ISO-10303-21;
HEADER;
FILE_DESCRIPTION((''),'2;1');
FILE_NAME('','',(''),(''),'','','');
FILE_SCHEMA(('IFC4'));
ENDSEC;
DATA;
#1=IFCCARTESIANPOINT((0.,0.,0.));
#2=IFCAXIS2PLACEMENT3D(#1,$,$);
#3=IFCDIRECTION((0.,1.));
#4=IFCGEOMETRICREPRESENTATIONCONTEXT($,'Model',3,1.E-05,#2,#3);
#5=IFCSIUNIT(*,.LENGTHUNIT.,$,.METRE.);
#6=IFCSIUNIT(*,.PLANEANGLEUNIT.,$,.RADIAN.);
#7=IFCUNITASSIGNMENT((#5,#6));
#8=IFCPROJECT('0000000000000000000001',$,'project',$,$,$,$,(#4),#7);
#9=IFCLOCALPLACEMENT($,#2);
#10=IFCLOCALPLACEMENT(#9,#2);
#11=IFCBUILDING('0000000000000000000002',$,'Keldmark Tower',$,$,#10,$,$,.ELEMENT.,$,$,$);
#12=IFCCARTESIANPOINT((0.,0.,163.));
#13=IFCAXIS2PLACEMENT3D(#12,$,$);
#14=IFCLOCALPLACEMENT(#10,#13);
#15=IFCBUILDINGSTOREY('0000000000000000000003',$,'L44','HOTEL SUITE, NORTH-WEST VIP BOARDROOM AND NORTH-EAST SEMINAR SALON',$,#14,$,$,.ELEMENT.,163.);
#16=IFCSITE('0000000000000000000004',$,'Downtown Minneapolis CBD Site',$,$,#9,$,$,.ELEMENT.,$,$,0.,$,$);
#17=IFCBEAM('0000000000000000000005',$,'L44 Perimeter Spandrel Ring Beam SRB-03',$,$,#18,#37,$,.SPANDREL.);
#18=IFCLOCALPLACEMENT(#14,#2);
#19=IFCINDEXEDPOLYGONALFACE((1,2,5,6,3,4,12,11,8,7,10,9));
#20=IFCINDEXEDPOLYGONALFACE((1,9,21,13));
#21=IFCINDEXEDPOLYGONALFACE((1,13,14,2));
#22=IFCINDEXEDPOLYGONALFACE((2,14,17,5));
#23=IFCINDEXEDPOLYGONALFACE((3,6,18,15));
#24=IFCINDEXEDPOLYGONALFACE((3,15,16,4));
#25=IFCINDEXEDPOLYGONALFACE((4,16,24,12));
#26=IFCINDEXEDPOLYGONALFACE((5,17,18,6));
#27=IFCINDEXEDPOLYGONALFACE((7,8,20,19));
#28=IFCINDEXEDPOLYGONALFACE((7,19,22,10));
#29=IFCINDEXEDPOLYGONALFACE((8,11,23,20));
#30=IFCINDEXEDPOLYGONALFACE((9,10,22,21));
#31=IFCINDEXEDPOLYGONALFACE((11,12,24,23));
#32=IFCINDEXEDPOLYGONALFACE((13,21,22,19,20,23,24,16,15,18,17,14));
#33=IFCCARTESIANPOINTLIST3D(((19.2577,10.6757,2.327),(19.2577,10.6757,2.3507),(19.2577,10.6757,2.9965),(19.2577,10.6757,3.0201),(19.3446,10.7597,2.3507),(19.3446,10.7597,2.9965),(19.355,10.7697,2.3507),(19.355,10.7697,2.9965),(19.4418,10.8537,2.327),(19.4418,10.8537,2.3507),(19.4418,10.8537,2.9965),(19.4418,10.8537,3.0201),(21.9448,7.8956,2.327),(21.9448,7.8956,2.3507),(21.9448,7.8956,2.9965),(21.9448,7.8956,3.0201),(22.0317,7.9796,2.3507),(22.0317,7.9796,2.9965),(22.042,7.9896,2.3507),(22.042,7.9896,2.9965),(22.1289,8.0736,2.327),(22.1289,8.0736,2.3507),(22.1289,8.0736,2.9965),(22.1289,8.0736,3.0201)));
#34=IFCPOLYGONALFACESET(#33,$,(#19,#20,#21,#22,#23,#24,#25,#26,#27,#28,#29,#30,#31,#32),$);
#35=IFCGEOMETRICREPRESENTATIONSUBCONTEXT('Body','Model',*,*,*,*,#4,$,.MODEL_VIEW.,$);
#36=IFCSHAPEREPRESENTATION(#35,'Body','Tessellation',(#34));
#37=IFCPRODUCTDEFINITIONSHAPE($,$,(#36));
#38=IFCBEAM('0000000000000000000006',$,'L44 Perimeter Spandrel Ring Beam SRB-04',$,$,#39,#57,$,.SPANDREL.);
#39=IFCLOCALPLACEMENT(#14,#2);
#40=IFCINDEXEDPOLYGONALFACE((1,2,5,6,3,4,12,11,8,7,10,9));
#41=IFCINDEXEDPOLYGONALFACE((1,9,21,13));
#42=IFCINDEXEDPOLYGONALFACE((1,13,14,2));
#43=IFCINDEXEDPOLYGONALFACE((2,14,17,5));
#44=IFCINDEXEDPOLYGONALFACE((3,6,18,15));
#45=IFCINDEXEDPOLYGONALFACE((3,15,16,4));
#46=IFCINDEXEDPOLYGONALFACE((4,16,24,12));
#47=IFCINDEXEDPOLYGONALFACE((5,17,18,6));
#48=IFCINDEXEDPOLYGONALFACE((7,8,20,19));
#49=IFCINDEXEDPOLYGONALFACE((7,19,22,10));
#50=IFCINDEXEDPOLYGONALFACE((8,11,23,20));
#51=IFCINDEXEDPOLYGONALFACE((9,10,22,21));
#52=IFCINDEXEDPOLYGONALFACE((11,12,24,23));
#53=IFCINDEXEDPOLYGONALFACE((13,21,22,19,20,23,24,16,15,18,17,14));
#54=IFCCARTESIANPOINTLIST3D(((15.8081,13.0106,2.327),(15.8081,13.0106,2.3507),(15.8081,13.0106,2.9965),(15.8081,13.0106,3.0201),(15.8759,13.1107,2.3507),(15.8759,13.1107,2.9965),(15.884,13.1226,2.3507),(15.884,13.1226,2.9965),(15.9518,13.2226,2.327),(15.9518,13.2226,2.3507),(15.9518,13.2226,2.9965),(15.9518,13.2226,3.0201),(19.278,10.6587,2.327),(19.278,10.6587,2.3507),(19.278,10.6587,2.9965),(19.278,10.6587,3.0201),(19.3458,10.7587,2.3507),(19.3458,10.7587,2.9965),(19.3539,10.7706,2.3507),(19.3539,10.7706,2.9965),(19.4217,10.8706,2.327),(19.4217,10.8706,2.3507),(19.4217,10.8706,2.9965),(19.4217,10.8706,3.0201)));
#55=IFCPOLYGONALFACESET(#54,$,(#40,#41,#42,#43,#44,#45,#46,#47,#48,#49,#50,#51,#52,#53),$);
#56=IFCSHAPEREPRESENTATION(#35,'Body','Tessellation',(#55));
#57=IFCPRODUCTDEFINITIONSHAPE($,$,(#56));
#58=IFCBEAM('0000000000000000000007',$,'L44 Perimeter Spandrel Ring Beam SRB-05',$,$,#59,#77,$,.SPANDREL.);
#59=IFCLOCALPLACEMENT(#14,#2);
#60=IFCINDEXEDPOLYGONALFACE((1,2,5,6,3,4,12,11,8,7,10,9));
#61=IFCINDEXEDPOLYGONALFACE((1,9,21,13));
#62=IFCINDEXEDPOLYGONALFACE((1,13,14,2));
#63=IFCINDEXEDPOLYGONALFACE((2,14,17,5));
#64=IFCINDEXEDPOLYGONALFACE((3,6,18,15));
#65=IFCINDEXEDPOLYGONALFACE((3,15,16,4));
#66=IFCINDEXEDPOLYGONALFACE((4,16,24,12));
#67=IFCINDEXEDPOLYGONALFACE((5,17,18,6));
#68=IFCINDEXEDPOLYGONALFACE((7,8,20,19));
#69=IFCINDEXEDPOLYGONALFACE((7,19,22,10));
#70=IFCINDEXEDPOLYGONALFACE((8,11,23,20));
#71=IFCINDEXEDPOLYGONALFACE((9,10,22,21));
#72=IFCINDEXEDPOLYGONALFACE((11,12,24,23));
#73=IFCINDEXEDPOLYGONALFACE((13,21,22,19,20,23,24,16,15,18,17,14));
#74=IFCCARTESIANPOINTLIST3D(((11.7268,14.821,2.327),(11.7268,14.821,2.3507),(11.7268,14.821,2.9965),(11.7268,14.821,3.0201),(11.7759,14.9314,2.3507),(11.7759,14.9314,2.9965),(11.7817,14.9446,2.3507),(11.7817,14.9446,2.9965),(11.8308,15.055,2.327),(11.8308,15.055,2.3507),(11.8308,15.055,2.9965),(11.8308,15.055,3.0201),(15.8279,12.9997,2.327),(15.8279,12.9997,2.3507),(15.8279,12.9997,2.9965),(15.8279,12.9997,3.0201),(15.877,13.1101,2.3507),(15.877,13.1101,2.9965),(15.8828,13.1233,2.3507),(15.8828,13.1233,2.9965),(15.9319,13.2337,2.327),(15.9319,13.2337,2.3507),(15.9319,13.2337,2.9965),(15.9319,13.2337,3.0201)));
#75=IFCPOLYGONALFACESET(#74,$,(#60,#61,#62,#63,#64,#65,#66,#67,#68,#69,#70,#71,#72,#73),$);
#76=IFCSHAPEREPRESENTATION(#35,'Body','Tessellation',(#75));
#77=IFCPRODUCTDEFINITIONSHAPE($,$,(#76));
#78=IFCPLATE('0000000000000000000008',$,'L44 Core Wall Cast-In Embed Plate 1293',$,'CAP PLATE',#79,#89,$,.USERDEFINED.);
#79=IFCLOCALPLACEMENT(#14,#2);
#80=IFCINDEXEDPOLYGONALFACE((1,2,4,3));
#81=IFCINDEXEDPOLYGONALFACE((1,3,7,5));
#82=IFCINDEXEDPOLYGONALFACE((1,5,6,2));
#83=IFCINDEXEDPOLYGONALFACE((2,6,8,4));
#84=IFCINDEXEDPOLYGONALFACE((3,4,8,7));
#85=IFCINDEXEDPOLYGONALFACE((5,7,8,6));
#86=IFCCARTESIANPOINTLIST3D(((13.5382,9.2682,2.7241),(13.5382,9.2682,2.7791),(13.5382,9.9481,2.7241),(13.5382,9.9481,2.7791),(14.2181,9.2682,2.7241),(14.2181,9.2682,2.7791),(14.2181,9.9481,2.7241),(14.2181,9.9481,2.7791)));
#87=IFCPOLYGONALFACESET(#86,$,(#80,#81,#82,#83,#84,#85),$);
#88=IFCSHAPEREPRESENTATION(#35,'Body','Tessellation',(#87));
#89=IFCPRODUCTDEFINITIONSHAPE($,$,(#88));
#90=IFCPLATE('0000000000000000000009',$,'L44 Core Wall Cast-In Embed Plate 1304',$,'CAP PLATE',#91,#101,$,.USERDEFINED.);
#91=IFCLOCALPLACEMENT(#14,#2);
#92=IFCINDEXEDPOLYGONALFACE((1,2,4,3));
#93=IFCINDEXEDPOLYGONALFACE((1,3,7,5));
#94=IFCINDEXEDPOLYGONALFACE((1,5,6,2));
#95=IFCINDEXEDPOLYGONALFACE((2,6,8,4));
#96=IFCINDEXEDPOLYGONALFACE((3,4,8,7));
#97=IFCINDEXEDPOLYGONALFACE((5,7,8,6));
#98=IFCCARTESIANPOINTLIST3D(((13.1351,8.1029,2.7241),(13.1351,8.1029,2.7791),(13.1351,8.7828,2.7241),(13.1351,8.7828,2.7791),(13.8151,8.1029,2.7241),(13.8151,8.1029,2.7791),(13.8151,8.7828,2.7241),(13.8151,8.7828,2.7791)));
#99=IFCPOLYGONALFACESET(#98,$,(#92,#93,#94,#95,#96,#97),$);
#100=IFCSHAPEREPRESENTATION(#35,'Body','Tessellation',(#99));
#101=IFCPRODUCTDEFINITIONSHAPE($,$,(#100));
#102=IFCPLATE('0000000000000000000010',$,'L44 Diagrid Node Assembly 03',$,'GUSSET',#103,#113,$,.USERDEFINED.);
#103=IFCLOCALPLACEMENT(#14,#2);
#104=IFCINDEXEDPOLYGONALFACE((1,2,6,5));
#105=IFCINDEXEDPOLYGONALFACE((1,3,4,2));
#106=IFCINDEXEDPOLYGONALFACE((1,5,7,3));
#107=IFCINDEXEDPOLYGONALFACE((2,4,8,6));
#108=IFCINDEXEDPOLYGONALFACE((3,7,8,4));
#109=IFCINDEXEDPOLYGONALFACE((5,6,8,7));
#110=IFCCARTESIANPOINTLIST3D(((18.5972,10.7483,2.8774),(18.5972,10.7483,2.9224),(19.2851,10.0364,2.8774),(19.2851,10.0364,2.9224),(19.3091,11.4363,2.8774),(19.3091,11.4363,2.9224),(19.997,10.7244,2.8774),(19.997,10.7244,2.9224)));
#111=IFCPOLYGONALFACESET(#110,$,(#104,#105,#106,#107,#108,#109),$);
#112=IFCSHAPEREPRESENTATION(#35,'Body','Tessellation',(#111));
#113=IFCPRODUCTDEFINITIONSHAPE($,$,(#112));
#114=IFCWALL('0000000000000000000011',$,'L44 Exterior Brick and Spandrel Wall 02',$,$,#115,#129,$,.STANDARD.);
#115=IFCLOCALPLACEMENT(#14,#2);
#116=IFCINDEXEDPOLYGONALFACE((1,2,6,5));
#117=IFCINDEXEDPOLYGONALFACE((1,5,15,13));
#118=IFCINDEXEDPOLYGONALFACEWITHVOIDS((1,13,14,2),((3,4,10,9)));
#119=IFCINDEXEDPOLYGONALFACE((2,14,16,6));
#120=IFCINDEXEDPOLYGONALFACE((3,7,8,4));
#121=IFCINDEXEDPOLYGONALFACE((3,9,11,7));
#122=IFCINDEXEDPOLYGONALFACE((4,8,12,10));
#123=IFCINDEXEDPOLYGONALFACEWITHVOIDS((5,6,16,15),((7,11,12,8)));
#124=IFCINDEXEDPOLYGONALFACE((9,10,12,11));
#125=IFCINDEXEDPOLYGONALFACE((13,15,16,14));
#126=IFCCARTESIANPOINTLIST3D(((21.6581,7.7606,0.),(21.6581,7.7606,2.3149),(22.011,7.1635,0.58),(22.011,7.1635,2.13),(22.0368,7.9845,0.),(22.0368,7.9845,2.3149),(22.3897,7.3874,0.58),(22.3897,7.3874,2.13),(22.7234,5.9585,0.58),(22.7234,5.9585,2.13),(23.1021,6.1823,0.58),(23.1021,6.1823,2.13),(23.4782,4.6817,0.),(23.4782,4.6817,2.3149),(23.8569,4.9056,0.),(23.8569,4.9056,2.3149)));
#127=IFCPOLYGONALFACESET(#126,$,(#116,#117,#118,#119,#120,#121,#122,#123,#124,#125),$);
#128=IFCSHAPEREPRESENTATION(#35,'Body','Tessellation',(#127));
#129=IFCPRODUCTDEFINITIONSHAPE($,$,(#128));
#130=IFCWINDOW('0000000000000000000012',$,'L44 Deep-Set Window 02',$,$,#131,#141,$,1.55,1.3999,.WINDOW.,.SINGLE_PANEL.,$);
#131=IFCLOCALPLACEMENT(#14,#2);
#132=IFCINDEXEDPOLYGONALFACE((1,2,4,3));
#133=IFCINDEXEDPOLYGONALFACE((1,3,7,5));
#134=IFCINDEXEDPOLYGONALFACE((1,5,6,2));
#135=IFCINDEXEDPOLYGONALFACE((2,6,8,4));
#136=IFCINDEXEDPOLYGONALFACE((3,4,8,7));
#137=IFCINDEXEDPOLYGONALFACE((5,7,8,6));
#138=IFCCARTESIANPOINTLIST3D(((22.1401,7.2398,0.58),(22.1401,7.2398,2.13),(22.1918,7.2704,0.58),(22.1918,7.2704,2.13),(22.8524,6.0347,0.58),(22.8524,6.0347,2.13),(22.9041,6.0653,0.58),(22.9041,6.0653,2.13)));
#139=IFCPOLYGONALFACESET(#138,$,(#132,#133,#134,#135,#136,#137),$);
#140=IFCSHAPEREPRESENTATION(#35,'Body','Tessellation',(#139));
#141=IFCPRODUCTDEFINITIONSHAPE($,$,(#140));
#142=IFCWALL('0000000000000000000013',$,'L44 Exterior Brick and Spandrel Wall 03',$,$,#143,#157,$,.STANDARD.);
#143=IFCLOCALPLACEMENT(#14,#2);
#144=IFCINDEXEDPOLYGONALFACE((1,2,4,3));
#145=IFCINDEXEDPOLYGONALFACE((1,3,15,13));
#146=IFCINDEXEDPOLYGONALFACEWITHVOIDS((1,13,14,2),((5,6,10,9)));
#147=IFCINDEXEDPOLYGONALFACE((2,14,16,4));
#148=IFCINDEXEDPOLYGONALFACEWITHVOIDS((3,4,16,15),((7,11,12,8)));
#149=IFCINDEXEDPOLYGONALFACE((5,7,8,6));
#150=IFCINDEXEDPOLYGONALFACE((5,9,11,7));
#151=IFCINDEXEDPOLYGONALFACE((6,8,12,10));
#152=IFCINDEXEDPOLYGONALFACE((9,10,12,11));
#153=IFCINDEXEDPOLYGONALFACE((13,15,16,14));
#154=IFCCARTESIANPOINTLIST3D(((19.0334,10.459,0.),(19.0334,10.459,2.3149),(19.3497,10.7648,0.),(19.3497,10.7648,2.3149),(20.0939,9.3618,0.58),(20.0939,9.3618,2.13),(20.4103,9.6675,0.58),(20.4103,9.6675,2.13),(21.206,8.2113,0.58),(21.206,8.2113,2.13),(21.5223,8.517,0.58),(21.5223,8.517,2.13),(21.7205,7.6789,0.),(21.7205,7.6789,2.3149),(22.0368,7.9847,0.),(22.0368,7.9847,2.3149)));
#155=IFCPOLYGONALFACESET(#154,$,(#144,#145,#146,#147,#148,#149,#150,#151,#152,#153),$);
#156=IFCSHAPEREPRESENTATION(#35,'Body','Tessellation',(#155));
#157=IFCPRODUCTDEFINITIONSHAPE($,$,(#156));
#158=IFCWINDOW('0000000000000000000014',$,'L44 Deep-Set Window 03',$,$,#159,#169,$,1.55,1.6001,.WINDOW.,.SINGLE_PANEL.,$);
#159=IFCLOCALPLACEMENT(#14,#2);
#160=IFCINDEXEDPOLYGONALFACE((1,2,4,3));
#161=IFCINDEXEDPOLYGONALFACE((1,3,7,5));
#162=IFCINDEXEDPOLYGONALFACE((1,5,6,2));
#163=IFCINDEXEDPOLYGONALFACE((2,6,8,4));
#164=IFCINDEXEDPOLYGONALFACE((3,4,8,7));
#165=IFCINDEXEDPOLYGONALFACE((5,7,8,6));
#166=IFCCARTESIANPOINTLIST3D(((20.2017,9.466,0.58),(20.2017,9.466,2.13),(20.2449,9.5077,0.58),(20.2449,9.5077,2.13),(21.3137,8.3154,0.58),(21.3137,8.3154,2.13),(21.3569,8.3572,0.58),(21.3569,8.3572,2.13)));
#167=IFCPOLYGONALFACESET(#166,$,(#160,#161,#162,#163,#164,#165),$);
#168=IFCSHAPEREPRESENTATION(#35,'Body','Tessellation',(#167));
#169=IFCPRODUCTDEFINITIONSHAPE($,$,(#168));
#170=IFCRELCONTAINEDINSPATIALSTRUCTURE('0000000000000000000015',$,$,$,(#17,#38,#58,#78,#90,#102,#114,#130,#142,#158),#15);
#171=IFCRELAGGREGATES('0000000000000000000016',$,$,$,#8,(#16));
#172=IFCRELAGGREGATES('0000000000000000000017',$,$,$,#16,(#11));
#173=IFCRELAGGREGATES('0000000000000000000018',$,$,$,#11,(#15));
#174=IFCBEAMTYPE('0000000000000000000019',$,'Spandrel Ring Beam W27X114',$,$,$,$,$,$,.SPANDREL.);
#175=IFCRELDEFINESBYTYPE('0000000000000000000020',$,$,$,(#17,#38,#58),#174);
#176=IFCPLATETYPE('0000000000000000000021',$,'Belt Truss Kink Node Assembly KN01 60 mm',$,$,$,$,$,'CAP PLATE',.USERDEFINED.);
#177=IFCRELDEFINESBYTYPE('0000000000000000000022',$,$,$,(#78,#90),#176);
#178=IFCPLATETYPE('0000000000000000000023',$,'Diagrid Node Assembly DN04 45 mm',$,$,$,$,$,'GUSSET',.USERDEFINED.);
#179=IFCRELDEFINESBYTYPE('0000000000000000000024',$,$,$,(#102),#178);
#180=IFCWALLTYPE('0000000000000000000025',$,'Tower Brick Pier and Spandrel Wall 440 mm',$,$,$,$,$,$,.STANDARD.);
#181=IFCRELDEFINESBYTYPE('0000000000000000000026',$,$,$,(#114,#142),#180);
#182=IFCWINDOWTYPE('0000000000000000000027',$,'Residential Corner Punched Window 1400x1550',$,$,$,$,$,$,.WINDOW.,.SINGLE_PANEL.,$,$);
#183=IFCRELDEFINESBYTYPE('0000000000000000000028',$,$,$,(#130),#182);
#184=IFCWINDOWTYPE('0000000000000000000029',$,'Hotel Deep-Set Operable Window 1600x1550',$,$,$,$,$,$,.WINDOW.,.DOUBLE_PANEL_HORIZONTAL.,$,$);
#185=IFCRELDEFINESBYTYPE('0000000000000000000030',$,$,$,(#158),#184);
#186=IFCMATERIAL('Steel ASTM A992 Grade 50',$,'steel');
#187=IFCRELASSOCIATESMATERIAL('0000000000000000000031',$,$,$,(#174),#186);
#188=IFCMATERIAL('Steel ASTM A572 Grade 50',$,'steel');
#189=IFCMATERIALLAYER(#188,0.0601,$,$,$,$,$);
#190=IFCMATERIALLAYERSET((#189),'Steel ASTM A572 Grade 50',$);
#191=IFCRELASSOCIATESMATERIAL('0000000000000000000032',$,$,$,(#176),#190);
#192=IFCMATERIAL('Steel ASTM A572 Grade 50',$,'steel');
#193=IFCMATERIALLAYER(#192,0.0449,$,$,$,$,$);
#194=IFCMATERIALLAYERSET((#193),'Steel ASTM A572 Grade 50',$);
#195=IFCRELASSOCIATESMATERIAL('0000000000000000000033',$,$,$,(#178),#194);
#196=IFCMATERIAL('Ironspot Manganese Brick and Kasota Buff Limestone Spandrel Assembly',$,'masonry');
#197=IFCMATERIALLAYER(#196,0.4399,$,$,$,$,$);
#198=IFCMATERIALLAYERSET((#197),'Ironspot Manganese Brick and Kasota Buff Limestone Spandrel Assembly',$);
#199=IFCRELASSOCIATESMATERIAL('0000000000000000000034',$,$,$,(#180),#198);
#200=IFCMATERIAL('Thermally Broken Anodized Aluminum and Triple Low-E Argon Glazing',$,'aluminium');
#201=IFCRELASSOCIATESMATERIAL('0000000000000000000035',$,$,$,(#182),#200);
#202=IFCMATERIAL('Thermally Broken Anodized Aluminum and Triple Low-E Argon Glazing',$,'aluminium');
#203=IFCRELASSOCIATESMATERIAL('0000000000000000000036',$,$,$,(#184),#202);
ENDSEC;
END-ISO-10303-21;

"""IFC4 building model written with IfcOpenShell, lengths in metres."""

from ifc_helpers import new_model, si_unit, direction, frame, frame_2d, origin, origin_2d, place, context, subcontext, project, spatial, rectangle, i_section, extrude, material, layer, layer_set, material_profile, profile_set, type_object, element, fill, save


model = new_model("IFC4")

# Units and contexts
model_context = context("Model", 3, precision=1e-05, world=origin(), true_north=direction((0.0, 1.0)))
body_context = subcontext(model_context, "Body", "Model", "MODEL_VIEW")
ifc_project = project(units=[si_unit("LENGTHUNIT", "METRE"), si_unit("PLANEANGLEUNIT", "RADIAN")], contexts=[model_context])

# Site, building, storey
site_placement = place(None, origin())
site = spatial("IfcSite", under=ifc_project, at=site_placement, Name="Downtown Minneapolis CBD Site", CompositionType="ELEMENT", RefElevation=0.0)
building_placement = place(site_placement, origin())
building = spatial("IfcBuilding", under=site, at=building_placement, Name="Keldmark Tower", CompositionType="ELEMENT")
storey_placement = place(building_placement, frame((0.0, 0.0, 163.0)))
storey = spatial("IfcBuildingStorey", under=building, at=storey_placement, Name="L44", Description="HOTEL SUITE, NORTH-WEST VIP BOARDROOM AND NORTH-EAST SEMINAR SALON", CompositionType="ELEMENT", Elevation=163.0)

# Beams
ifc_material_1 = material(Name="Steel ASTM A992 Grade 50", Category="steel")
ifc_material_profile_1 = material_profile(ifc_material_1, i_section(OverallWidth=0.2561, OverallDepth=0.6931, WebThickness=0.0144, FlangeThickness=0.0237, at=origin_2d()), Name="W27X114")
ifc_profile_set_1 = profile_set([ifc_material_profile_1], Name="Steel ASTM A992 Grade 50")
beam_type_1 = type_object("IfcBeamType", Name="Spandrel Ring Beam W27X114", PredefinedType="SPANDREL", material=ifc_profile_set_1)
beam_1_placement = place(storey_placement, frame((22.0369, 7.9846, 2.6736), z_axis=(-0.694975, 0.719034, 0.0), x_axis=(-0.719034, -0.694975, 0.0)))
element("IfcBeam", 1, at=beam_1_placement, inside=storey, type_object=beam_type_1, Name="L44 Perimeter Spandrel Ring Beam SRB-03", PredefinedType="SPANDREL", context=body_context, shape_type="SweptSolid", body=[
    extrude(i_section(OverallWidth=0.2561, OverallDepth=0.6931, WebThickness=0.0144, FlangeThickness=0.0237, at=origin_2d()), origin(), (0.0, 0.0, 1.0), 3.8665),
])
beam_2_placement = place(storey_placement, frame((19.3499, 10.7646, 2.6736), z_axis=(-0.827761, 0.561081, 0.0), x_axis=(-0.561081, -0.827761, 0.0)))
element("IfcBeam", 2, at=beam_2_placement, inside=storey, type_object=beam_type_1, Name="L44 Perimeter Spandrel Ring Beam SRB-04", PredefinedType="SPANDREL", context=body_context, shape_type="SweptSolid", body=[
    extrude(i_section(OverallWidth=0.2561, OverallDepth=0.6931, WebThickness=0.0144, FlangeThickness=0.0237, at=origin_2d()), origin(), (0.0, 0.0, 1.0), 4.1919),
])
beam_3_placement = place(storey_placement, frame((15.8799, 13.1167, 2.6736), z_axis=(-0.913928, 0.405876, 0.0), x_axis=(-0.405876, -0.913928, 0.0)))
element("IfcBeam", 3, at=beam_3_placement, inside=storey, type_object=beam_type_1, Name="L44 Perimeter Spandrel Ring Beam SRB-05", PredefinedType="SPANDREL", context=body_context, shape_type="SweptSolid", body=[
    extrude(i_section(OverallWidth=0.2561, OverallDepth=0.6931, WebThickness=0.0144, FlangeThickness=0.0237, at=origin_2d()), origin(), (0.0, 0.0, 1.0), 4.4873),
])

# Plates
ifc_material_2 = material(Name="Steel ASTM A572 Grade 50", Category="steel")
ifc_layer_1 = layer(ifc_material_2, 0.0601)
ifc_layer_set_1 = layer_set([ifc_layer_1], Name="Steel ASTM A572 Grade 50")
plate_type_1 = type_object("IfcPlateType", Name="Belt Truss Kink Node Assembly KN01 60 mm", ElementType="CAP PLATE", PredefinedType="USERDEFINED", material=ifc_layer_set_1)
for number, where, z_axis, x_axis, name in (
    (4, (13.8782, 9.6082, 2.7241), (0.0, 0.0, 1.0), (1.0, 0.0, 0.0), "L44 Core Wall Cast-In Embed Plate 1293"),
    (5, (13.4751, 8.4429, 2.7241), (0.0, 0.0, 1.0), (1.0, 0.0, 0.0), "L44 Core Wall Cast-In Embed Plate 1304"),
):
    element("IfcPlate", number, at=place(storey_placement, frame(where, z_axis=z_axis, x_axis=x_axis)), inside=storey, type_object=plate_type_1, Name=name, ObjectType="CAP PLATE", PredefinedType="USERDEFINED", context=body_context, shape_type="SweptSolid", body=[
        extrude(rectangle(XDim=0.6799, YDim=0.6799, at=origin_2d()), origin(), (0.0, 0.0, 1.0), 0.0549),
    ])
ifc_material_3 = material(Name="Steel ASTM A572 Grade 50", Category="steel")
ifc_layer_2 = layer(ifc_material_3, 0.0449)
ifc_layer_set_2 = layer_set([ifc_layer_2], Name="Steel ASTM A572 Grade 50")
plate_type_2 = type_object("IfcPlateType", Name="Diagrid Node Assembly DN04 45 mm", ElementType="GUSSET", PredefinedType="USERDEFINED", material=ifc_layer_set_2)
plate_placement = place(storey_placement, frame((19.2971, 10.7363, 2.8774), z_axis=(0.0, 0.0, 1.0), x_axis=(-0.694909, 0.719097, 0.0)))
element("IfcPlate", 6, at=plate_placement, inside=storey, type_object=plate_type_2, Name="L44 Diagrid Node Assembly 03", ObjectType="GUSSET", PredefinedType="USERDEFINED", context=body_context, shape_type="SweptSolid", body=[
    extrude(rectangle(XDim=0.99, YDim=0.99, at=origin_2d()), origin(), (0.0, 0.0, 1.0), 0.0449),
])

# Walls, openings, windows
ifc_material_4 = material(Name="Ironspot Manganese Brick and Kasota Buff Limestone Spandrel Assembly", Category="masonry")
ifc_layer_3 = layer(ifc_material_4, 0.4399)
ifc_layer_set_3 = layer_set([ifc_layer_3], Name="Ironspot Manganese Brick and Kasota Buff Limestone Spandrel Assembly")
wall_type_1 = type_object("IfcWallType", Name="Tower Brick Pier and Spandrel Wall 440 mm", PredefinedType="STANDARD", material=ifc_layer_set_3)
wall_1_placement = place(storey_placement, frame((21.8474, 7.8726, 0.0), z_axis=(0.0, 0.0, 1.0), x_axis=(0.508883, -0.860835, 0.0)))
wall_1 = element("IfcWall", 7, at=wall_1_placement, inside=storey, type_object=wall_type_1, Name="L44 Exterior Brick and Spandrel Wall 02", PredefinedType="STANDARD", context=body_context, shape_type="SweptSolid", body=[
    extrude(rectangle(XDim=3.5767, YDim=0.4399, at=frame_2d((1.7883, 0.0))), origin(), (0.0, 0.0, 1.0), 2.3149),
])
opening_1_placement = place(wall_1_placement, frame((0.6936, 0.0, 0.5801)))
opening_1 = element("IfcOpeningElement", 8, at=opening_1_placement, cuts=wall_1, PredefinedType="OPENING", context=body_context, shape_type="SweptSolid", body=[
    extrude(rectangle(XDim=1.3999, YDim=1.55, at=frame_2d((0.7, 0.7749))), frame((0.0, 0.23, 0.0), z_axis=(0.0, -1.0, 0.0), x_axis=(1.0, 0.0, 0.0)), (0.0, 0.0, 1.0), 0.46),
])
ifc_material_5 = material(Name="Thermally Broken Anodized Aluminum and Triple Low-E Argon Glazing", Category="aluminium")
window_type_1 = type_object("IfcWindowType", Name="Residential Corner Punched Window 1400x1550", PartitioningType="SINGLE_PANEL", PredefinedType="WINDOW", material=ifc_material_5)
window_1_placement = place(opening_1_placement, origin())
window_1 = element("IfcWindow", 9, at=window_1_placement, inside=storey, type_object=window_type_1, Name="L44 Deep-Set Window 02", OverallHeight=1.55, OverallWidth=1.3999, PartitioningType="SINGLE_PANEL", PredefinedType="WINDOW", context=body_context, shape_type="SweptSolid", body=[
    extrude(rectangle(XDim=1.3999, YDim=1.55, at=frame_2d((0.7, 0.7749))), frame((0.0, -0.01, 0.0), z_axis=(0.0, -1.0, 0.0), x_axis=(1.0, 0.0, 0.0)), (0.0, 0.0, 1.0), 0.0601),
])
fill(opening_1, window_1)
wall_2_placement = place(storey_placement, frame((19.1917, 10.6118, 0.0), z_axis=(0.0, 0.0, 1.0), x_axis=(0.694975, -0.719034, 0.0)))
wall_2 = element("IfcWall", 10, at=wall_2_placement, inside=storey, type_object=wall_type_1, Name="L44 Exterior Brick and Spandrel Wall 03", PredefinedType="STANDARD", context=body_context, shape_type="SweptSolid", body=[
    extrude(rectangle(XDim=3.8665, YDim=0.4399, at=frame_2d((1.9331, 0.0))), origin(), (0.0, 0.0, 1.0), 2.3149),
])
opening_2_placement = place(wall_2_placement, frame((1.5259, 0.0, 0.5801)))
opening_2 = element("IfcOpeningElement", 11, at=opening_2_placement, cuts=wall_2, PredefinedType="OPENING", context=body_context, shape_type="SweptSolid", body=[
    extrude(rectangle(XDim=1.6001, YDim=1.55, at=frame_2d((0.8, 0.7749))), frame((0.0, 0.23, 0.0), z_axis=(0.0, -1.0, 0.0), x_axis=(1.0, 0.0, 0.0)), (0.0, 0.0, 1.0), 0.46),
])
ifc_material_6 = material(Name="Thermally Broken Anodized Aluminum and Triple Low-E Argon Glazing", Category="aluminium")
window_type_2 = type_object("IfcWindowType", Name="Hotel Deep-Set Operable Window 1600x1550", PartitioningType="DOUBLE_PANEL_HORIZONTAL", PredefinedType="WINDOW", material=ifc_material_6)
window_2_placement = place(opening_2_placement, origin())
window_2 = element("IfcWindow", 12, at=window_2_placement, inside=storey, type_object=window_type_2, Name="L44 Deep-Set Window 03", OverallHeight=1.55, OverallWidth=1.6001, PartitioningType="SINGLE_PANEL", PredefinedType="WINDOW", context=body_context, shape_type="SweptSolid", body=[
    extrude(rectangle(XDim=1.6001, YDim=1.55, at=frame_2d((0.8, 0.7749))), frame((0.0, -0.01, 0.0), z_axis=(0.0, -1.0, 0.0), x_axis=(1.0, 0.0, 0.0)), (0.0, 0.0, 1.0), 0.0601),
])
fill(opening_2, window_2)

save(model, "model.ifc")
